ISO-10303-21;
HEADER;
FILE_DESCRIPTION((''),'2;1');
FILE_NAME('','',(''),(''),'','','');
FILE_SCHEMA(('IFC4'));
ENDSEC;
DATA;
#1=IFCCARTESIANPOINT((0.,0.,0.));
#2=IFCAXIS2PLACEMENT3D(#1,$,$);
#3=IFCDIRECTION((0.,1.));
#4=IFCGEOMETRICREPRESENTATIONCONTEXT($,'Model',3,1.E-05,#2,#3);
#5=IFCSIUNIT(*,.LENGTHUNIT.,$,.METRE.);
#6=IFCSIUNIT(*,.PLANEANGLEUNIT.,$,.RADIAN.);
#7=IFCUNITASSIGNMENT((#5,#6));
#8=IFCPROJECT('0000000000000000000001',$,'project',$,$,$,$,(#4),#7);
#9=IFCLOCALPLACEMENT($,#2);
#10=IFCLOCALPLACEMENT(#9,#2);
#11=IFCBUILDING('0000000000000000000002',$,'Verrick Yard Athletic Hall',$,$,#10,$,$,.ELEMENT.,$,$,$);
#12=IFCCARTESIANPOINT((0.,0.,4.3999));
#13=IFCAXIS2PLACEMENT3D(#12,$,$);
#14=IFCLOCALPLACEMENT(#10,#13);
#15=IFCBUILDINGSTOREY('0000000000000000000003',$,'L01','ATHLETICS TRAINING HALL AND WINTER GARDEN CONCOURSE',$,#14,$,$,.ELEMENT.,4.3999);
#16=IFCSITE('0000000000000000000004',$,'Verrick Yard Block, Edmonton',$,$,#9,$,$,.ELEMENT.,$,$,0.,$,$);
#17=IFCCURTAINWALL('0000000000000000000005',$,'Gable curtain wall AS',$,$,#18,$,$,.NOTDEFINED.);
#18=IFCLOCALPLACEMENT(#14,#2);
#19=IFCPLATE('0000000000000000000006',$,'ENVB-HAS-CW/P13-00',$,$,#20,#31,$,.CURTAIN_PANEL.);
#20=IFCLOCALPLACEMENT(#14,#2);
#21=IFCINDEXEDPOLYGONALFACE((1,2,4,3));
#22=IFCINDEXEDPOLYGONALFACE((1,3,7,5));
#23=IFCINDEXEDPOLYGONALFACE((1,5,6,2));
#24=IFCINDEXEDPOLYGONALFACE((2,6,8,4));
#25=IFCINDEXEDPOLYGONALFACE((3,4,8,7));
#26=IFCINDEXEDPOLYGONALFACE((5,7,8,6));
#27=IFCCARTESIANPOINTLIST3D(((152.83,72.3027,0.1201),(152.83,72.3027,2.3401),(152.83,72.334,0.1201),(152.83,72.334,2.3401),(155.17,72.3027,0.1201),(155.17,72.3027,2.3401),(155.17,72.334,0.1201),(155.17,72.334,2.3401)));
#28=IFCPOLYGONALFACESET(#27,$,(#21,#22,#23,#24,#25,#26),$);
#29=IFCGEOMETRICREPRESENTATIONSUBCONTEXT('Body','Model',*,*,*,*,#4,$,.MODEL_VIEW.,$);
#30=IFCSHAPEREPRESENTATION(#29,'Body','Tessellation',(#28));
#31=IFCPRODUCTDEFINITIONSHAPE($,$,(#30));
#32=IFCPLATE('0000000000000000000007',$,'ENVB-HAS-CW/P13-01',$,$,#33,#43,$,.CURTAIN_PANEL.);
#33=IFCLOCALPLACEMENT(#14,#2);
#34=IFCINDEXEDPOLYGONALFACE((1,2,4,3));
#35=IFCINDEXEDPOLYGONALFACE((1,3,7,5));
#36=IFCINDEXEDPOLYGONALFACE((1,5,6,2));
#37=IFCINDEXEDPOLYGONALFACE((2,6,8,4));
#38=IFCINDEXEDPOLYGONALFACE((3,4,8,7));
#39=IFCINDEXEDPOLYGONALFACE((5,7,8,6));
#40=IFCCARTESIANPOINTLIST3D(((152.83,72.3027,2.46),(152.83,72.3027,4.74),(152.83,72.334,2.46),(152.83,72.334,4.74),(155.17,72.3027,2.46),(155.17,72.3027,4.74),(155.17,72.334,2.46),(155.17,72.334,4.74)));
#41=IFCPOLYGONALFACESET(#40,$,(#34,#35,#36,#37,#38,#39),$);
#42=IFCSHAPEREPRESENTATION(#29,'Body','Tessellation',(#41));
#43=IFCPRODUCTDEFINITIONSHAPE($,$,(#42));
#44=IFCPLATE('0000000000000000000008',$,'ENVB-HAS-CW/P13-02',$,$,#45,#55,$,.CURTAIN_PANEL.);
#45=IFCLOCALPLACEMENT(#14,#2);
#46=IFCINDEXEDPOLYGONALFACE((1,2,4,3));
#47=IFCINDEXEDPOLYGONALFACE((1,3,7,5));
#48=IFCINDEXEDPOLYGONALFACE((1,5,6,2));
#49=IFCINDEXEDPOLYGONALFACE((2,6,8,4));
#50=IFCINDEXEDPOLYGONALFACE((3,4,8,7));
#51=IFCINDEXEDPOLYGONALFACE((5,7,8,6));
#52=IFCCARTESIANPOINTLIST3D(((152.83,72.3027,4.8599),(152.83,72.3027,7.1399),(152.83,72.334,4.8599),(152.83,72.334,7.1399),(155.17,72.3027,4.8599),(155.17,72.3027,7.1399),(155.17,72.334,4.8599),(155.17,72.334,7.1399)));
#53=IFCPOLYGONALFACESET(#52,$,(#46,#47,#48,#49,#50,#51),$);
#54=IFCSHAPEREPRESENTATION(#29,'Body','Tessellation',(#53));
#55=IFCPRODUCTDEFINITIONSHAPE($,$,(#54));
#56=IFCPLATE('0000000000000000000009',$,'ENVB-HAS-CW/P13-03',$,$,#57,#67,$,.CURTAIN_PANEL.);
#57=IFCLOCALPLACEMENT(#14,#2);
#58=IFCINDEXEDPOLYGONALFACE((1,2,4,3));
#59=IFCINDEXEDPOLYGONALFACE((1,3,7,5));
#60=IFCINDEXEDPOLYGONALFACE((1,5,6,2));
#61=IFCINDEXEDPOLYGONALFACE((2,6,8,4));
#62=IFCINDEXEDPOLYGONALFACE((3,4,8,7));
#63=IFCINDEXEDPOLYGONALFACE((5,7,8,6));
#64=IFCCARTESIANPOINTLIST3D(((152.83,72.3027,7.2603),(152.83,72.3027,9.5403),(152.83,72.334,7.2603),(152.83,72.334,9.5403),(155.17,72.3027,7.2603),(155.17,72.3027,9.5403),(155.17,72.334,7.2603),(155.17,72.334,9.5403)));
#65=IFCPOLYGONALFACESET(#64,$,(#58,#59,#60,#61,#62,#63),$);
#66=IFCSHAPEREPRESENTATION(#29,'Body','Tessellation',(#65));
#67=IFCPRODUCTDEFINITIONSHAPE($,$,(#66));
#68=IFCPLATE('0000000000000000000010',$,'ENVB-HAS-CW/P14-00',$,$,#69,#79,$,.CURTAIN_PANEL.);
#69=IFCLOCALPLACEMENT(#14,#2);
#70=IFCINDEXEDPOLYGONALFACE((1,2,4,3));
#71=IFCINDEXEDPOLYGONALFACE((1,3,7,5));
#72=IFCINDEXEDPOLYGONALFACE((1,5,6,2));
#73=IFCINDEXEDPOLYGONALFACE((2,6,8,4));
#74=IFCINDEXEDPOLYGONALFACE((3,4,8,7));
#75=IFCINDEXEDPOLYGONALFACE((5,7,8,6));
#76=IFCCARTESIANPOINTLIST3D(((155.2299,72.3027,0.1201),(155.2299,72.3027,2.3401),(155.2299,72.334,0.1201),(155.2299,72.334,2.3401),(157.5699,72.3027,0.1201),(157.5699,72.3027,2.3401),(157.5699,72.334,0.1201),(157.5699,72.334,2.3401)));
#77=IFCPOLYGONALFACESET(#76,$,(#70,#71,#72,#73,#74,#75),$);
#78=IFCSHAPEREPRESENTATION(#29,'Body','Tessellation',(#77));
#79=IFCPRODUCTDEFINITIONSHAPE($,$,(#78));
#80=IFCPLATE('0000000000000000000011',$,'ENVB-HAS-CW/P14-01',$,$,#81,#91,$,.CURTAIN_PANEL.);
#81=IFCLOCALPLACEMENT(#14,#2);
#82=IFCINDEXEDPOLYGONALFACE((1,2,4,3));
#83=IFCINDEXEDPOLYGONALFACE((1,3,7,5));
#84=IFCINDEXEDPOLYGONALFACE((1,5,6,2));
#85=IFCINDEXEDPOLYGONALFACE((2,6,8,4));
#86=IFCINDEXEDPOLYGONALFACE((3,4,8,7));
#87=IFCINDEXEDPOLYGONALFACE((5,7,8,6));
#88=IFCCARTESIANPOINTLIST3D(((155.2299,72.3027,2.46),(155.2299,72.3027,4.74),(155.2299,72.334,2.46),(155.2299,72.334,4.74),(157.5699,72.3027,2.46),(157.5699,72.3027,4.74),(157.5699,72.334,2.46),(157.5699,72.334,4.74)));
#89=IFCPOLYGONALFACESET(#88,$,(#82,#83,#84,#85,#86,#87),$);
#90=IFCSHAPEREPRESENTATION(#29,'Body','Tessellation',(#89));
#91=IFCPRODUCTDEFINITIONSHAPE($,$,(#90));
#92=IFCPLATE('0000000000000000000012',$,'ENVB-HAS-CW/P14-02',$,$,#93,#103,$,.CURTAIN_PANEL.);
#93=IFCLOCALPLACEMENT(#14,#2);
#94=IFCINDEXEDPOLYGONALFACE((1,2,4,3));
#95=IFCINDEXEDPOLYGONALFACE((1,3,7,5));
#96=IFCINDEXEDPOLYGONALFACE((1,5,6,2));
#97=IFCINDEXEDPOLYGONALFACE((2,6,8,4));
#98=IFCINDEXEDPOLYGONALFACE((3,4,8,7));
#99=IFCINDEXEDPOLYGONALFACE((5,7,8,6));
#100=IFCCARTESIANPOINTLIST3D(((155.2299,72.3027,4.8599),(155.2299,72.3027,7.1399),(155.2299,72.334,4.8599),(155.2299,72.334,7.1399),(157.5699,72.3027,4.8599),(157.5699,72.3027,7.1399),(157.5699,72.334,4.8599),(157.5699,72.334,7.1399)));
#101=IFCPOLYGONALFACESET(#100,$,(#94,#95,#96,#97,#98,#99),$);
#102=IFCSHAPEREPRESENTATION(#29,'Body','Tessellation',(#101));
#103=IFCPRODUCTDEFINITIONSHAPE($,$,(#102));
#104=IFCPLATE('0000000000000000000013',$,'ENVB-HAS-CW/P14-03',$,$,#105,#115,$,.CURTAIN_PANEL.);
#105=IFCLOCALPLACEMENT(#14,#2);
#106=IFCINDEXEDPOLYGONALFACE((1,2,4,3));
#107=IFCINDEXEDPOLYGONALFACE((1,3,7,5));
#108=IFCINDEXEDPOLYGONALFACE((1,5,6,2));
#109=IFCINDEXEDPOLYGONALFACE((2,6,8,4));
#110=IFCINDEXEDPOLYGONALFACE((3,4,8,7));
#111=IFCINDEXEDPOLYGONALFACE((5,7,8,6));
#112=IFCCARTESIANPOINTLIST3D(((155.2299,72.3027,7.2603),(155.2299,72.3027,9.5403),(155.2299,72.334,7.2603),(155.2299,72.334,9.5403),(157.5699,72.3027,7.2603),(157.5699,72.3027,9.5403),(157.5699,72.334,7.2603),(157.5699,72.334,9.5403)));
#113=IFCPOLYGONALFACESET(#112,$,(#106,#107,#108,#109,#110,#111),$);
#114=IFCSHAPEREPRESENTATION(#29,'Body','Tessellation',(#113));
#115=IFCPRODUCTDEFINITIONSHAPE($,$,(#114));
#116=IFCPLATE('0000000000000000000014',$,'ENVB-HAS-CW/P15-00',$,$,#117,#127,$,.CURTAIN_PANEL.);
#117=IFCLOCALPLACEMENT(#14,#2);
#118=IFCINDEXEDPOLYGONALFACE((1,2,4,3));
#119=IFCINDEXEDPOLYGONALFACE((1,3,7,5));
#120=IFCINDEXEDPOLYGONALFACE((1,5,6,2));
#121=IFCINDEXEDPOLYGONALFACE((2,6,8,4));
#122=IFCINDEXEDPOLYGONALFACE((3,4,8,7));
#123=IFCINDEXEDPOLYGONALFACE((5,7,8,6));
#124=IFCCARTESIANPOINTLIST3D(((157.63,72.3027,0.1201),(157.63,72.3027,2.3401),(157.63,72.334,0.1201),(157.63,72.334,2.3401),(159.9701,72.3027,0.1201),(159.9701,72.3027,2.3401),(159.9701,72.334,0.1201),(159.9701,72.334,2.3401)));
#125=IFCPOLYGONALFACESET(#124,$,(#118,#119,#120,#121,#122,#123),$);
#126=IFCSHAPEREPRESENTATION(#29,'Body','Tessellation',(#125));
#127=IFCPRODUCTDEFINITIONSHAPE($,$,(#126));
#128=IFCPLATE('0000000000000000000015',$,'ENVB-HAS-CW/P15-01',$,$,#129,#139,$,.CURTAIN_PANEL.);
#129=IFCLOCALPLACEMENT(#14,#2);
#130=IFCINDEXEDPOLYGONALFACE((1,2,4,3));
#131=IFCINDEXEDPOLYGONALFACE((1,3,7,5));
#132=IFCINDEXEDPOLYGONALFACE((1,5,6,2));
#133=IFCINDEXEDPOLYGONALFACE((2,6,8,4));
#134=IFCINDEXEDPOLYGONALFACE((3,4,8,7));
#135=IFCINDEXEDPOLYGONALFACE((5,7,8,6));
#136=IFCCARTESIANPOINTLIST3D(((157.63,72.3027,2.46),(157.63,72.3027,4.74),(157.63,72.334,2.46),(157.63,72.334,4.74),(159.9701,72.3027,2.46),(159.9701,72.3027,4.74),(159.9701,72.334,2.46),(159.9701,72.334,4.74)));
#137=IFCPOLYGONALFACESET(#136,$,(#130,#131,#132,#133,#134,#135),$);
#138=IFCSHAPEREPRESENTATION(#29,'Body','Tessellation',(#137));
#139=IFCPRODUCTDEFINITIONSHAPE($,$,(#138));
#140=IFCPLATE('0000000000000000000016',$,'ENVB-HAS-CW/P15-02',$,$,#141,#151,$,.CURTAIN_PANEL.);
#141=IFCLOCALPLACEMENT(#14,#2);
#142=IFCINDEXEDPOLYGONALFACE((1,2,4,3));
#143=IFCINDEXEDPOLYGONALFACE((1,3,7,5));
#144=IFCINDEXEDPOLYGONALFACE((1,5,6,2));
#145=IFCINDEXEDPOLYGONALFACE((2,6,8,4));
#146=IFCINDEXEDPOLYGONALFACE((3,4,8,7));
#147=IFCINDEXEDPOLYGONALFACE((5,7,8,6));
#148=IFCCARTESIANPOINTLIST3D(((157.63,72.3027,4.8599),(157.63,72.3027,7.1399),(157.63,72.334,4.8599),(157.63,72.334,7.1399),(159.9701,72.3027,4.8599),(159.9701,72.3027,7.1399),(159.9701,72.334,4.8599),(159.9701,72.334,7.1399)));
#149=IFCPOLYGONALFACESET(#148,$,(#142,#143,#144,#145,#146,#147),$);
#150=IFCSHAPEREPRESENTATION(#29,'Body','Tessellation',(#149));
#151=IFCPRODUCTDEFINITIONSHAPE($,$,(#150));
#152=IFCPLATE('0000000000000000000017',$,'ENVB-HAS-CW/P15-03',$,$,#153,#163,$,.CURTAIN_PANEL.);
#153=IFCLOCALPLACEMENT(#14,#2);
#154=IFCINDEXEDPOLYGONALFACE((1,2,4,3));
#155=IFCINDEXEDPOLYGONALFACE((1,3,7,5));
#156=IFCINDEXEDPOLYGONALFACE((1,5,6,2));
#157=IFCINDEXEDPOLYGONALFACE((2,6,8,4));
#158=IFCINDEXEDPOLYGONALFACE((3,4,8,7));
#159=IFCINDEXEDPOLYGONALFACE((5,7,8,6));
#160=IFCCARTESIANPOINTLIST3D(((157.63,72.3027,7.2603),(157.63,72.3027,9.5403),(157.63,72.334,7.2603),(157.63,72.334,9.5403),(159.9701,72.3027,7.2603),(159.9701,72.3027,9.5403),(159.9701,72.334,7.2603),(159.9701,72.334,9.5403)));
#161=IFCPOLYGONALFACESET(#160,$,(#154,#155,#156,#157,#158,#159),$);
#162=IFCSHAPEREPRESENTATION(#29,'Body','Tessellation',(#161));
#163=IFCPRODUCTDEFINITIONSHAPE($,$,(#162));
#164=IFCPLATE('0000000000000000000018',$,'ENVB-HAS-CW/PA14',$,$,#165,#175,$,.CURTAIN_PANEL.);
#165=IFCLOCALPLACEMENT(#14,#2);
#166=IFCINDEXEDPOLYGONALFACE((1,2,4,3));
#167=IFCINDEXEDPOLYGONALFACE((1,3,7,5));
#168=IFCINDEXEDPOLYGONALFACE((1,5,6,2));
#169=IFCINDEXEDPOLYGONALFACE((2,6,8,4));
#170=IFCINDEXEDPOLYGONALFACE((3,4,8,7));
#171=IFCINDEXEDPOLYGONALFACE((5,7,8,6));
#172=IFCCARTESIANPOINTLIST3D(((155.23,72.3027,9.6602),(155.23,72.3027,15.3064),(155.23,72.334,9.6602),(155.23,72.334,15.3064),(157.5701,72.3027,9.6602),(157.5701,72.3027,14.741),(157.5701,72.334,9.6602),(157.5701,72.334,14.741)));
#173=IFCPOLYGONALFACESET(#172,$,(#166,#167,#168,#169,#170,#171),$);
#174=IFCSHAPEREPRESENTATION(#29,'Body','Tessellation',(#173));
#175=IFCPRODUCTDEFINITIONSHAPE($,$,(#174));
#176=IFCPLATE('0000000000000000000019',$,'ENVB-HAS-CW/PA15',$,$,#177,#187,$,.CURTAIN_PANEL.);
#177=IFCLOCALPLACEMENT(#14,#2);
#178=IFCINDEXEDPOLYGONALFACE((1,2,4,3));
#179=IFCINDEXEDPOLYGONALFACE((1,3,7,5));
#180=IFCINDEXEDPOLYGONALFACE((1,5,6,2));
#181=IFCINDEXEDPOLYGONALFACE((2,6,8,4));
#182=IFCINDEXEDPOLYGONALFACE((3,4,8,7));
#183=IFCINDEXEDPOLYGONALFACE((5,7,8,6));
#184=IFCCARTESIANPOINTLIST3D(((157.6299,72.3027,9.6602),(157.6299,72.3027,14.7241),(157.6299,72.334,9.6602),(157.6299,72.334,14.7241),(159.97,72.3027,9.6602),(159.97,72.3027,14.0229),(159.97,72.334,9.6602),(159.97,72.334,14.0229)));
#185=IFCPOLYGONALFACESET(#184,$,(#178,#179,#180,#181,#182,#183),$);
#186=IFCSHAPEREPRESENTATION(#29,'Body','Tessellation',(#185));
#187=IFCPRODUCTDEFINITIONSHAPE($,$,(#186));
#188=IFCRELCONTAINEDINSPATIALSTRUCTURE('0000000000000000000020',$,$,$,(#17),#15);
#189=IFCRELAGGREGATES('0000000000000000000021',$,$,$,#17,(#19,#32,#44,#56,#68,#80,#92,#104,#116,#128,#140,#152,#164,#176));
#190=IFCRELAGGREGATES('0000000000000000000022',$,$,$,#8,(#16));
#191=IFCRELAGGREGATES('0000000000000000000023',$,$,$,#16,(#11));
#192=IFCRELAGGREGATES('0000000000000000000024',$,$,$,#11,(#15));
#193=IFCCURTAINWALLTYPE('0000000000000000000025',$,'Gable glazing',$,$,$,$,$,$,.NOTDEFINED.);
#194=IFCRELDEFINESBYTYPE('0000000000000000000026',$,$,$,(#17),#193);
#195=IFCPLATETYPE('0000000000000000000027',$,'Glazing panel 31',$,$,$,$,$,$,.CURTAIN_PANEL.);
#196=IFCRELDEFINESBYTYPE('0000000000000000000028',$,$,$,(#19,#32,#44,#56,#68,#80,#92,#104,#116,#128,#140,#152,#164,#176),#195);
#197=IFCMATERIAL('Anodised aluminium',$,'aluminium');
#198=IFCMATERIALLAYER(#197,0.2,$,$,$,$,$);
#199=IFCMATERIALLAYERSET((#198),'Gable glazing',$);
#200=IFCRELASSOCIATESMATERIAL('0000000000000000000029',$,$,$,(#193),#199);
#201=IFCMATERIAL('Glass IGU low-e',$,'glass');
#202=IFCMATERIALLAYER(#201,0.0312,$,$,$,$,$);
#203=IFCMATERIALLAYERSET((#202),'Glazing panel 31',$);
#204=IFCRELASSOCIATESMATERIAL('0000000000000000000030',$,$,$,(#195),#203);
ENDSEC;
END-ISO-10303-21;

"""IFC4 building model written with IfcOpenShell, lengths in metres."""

from ifc_helpers import new_model, si_unit, direction, frame, origin, origin_2d, place, context, subcontext, project, spatial, polyline, rectangle, outline, extrude, material, layer, layer_set, type_object, element, aggregate, save


model = new_model("IFC4")

# Units and contexts
model_context = context("Model", 3, precision=1e-05, world=origin(), true_north=direction((0.0, 1.0)))
body_context = subcontext(model_context, "Body", "Model", "MODEL_VIEW")
ifc_project = project(units=[si_unit("LENGTHUNIT", "METRE"), si_unit("PLANEANGLEUNIT", "RADIAN")], contexts=[model_context])

# Site, building, storey
site_placement = place(None, origin())
site = spatial("IfcSite", under=ifc_project, at=site_placement, Name="Verrick Yard Block, Edmonton", CompositionType="ELEMENT", RefElevation=0.0)
building_placement = place(site_placement, origin())
building = spatial("IfcBuilding", under=site, at=building_placement, Name="Verrick Yard Athletic Hall", CompositionType="ELEMENT")
storey_placement = place(building_placement, frame((0.0, 0.0, 4.3999)))
storey = spatial("IfcBuildingStorey", under=building, at=storey_placement, Name="L01", Description="ATHLETICS TRAINING HALL AND WINTER GARDEN CONCOURSE", CompositionType="ELEMENT", Elevation=4.3999)

# Curtain wall, plates
ifc_material_1 = material(Name="Anodised aluminium", Category="aluminium")
ifc_layer_1 = layer(ifc_material_1, 0.2)
ifc_layer_set_1 = layer_set([ifc_layer_1], Name="Gable glazing")
curtain_wall_type = type_object("IfcCurtainWallType", Name="Gable glazing", PredefinedType="NOTDEFINED", material=ifc_layer_set_1)
curtain_wall_placement = place(storey_placement, origin())
curtain_wall = element("IfcCurtainWall", 1, at=curtain_wall_placement, inside=storey, type_object=curtain_wall_type, Name="Gable curtain wall AS", PredefinedType="NOTDEFINED")
ifc_material_2 = material(Name="Glass IGU low-e", Category="glass")
ifc_layer_2 = layer(ifc_material_2, 0.0312)
ifc_layer_set_2 = layer_set([ifc_layer_2], Name="Glazing panel 31")
plate_type = type_object("IfcPlateType", Name="Glazing panel 31", PredefinedType="CURTAIN_PANEL", material=ifc_layer_set_2)
plate_1_placement = place(storey_placement, frame((154.0, 72.3184, 0.1201), z_axis=(0.0, 0.0, 1.0), x_axis=(1.0, 0.0, 0.0)))
plate_1 = element("IfcPlate", 2, at=plate_1_placement, type_object=plate_type, Name="ENVB-HAS-CW/P13-00", PredefinedType="CURTAIN_PANEL", context=body_context, shape_type="SweptSolid", body=[
    extrude(rectangle(XDim=2.3401, YDim=0.0312, at=origin_2d()), origin(), (0.0, 0.0, 1.0), 2.22),
])
plate_2_placement = place(storey_placement, frame((154.0, 72.3184, 2.46), z_axis=(0.0, 0.0, 1.0), x_axis=(1.0, 0.0, 0.0)))
plate_2 = element("IfcPlate", 3, at=plate_2_placement, type_object=plate_type, Name="ENVB-HAS-CW/P13-01", PredefinedType="CURTAIN_PANEL", context=body_context, shape_type="SweptSolid", body=[
    extrude(rectangle(XDim=2.3401, YDim=0.0312, at=origin_2d()), origin(), (0.0, 0.0, 1.0), 2.28),
])
plate_3_placement = place(storey_placement, frame((154.0, 72.3184, 4.8599), z_axis=(0.0, 0.0, 1.0), x_axis=(1.0, 0.0, 0.0)))
plate_3 = element("IfcPlate", 4, at=plate_3_placement, type_object=plate_type, Name="ENVB-HAS-CW/P13-02", PredefinedType="CURTAIN_PANEL", context=body_context, shape_type="SweptSolid", body=[
    extrude(rectangle(XDim=2.3401, YDim=0.0312, at=origin_2d()), origin(), (0.0, 0.0, 1.0), 2.28),
])
plate_4_placement = place(storey_placement, frame((154.0, 72.3184, 7.2603), z_axis=(0.0, 0.0, 1.0), x_axis=(1.0, 0.0, 0.0)))
plate_4 = element("IfcPlate", 5, at=plate_4_placement, type_object=plate_type, Name="ENVB-HAS-CW/P13-03", PredefinedType="CURTAIN_PANEL", context=body_context, shape_type="SweptSolid", body=[
    extrude(rectangle(XDim=2.3401, YDim=0.0312, at=origin_2d()), origin(), (0.0, 0.0, 1.0), 2.28),
])
plate_5_placement = place(storey_placement, frame((156.3999, 72.3184, 0.1201), z_axis=(0.0, 0.0, 1.0), x_axis=(1.0, 0.0, 0.0)))
plate_5 = element("IfcPlate", 6, at=plate_5_placement, type_object=plate_type, Name="ENVB-HAS-CW/P14-00", PredefinedType="CURTAIN_PANEL", context=body_context, shape_type="SweptSolid", body=[
    extrude(rectangle(XDim=2.3401, YDim=0.0312, at=origin_2d()), origin(), (0.0, 0.0, 1.0), 2.22),
])
plate_6_placement = place(storey_placement, frame((156.3999, 72.3184, 2.46), z_axis=(0.0, 0.0, 1.0), x_axis=(1.0, 0.0, 0.0)))
plate_6 = element("IfcPlate", 7, at=plate_6_placement, type_object=plate_type, Name="ENVB-HAS-CW/P14-01", PredefinedType="CURTAIN_PANEL", context=body_context, shape_type="SweptSolid", body=[
    extrude(rectangle(XDim=2.3401, YDim=0.0312, at=origin_2d()), origin(), (0.0, 0.0, 1.0), 2.28),
])
plate_7_placement = place(storey_placement, frame((156.3999, 72.3184, 4.8599), z_axis=(0.0, 0.0, 1.0), x_axis=(1.0, 0.0, 0.0)))
plate_7 = element("IfcPlate", 8, at=plate_7_placement, type_object=plate_type, Name="ENVB-HAS-CW/P14-02", PredefinedType="CURTAIN_PANEL", context=body_context, shape_type="SweptSolid", body=[
    extrude(rectangle(XDim=2.3401, YDim=0.0312, at=origin_2d()), origin(), (0.0, 0.0, 1.0), 2.28),
])
plate_8_placement = place(storey_placement, frame((156.3999, 72.3184, 7.2603), z_axis=(0.0, 0.0, 1.0), x_axis=(1.0, 0.0, 0.0)))
plate_8 = element("IfcPlate", 9, at=plate_8_placement, type_object=plate_type, Name="ENVB-HAS-CW/P14-03", PredefinedType="CURTAIN_PANEL", context=body_context, shape_type="SweptSolid", body=[
    extrude(rectangle(XDim=2.3401, YDim=0.0312, at=origin_2d()), origin(), (0.0, 0.0, 1.0), 2.28),
])
plate_9_placement = place(storey_placement, frame((158.8, 72.3184, 0.1201), z_axis=(0.0, 0.0, 1.0), x_axis=(1.0, 0.0, 0.0)))
plate_9 = element("IfcPlate", 10, at=plate_9_placement, type_object=plate_type, Name="ENVB-HAS-CW/P15-00", PredefinedType="CURTAIN_PANEL", context=body_context, shape_type="SweptSolid", body=[
    extrude(rectangle(XDim=2.3401, YDim=0.0312, at=origin_2d()), origin(), (0.0, 0.0, 1.0), 2.22),
])
plate_10_placement = place(storey_placement, frame((158.8, 72.3184, 2.46), z_axis=(0.0, 0.0, 1.0), x_axis=(1.0, 0.0, 0.0)))
plate_10 = element("IfcPlate", 11, at=plate_10_placement, type_object=plate_type, Name="ENVB-HAS-CW/P15-01", PredefinedType="CURTAIN_PANEL", context=body_context, shape_type="SweptSolid", body=[
    extrude(rectangle(XDim=2.3401, YDim=0.0312, at=origin_2d()), origin(), (0.0, 0.0, 1.0), 2.28),
])
plate_11_placement = place(storey_placement, frame((158.8, 72.3184, 4.8599), z_axis=(0.0, 0.0, 1.0), x_axis=(1.0, 0.0, 0.0)))
plate_11 = element("IfcPlate", 12, at=plate_11_placement, type_object=plate_type, Name="ENVB-HAS-CW/P15-02", PredefinedType="CURTAIN_PANEL", context=body_context, shape_type="SweptSolid", body=[
    extrude(rectangle(XDim=2.3401, YDim=0.0312, at=origin_2d()), origin(), (0.0, 0.0, 1.0), 2.28),
])
plate_12_placement = place(storey_placement, frame((158.8, 72.3184, 7.2603), z_axis=(0.0, 0.0, 1.0), x_axis=(1.0, 0.0, 0.0)))
plate_12 = element("IfcPlate", 13, at=plate_12_placement, type_object=plate_type, Name="ENVB-HAS-CW/P15-03", PredefinedType="CURTAIN_PANEL", context=body_context, shape_type="SweptSolid", body=[
    extrude(rectangle(XDim=2.3401, YDim=0.0312, at=origin_2d()), origin(), (0.0, 0.0, 1.0), 2.28),
])
plate_13_placement = place(storey_placement, frame((155.23, 72.3184, 9.6602), z_axis=(0.0, 0.0, 1.0), x_axis=(1.0, 0.0, 0.0)))
plate_13 = element("IfcPlate", 14, at=plate_13_placement, type_object=plate_type, Name="ENVB-HAS-CW/PA14", PredefinedType="CURTAIN_PANEL", context=body_context, shape_type="SweptSolid", body=[
    extrude(outline(polyline([(0.0, 5.6462), (2.3401, 5.0808), (2.3401, 0.0), (0.0, 0.0), (0.0, 5.6462)])), frame((0.0, 0.0156, 0.0), z_axis=(0.0, -1.0, 0.0), x_axis=(1.0, 0.0, 0.0)), (0.0, 0.0, 1.0), 0.0312),
])
plate_14_placement = place(storey_placement, frame((157.6299, 72.3184, 9.6602), z_axis=(0.0, 0.0, 1.0), x_axis=(1.0, 0.0, 0.0)))
plate_14 = element("IfcPlate", 15, at=plate_14_placement, type_object=plate_type, Name="ENVB-HAS-CW/PA15", PredefinedType="CURTAIN_PANEL", context=body_context, shape_type="SweptSolid", body=[
    extrude(outline(polyline([(0.0, 5.064), (2.3401, 4.3628), (2.3401, 0.0), (0.0, 0.0), (0.0, 5.064)])), frame((0.0, 0.0156, 0.0), z_axis=(0.0, -1.0, 0.0), x_axis=(1.0, 0.0, 0.0)), (0.0, 0.0, 1.0), 0.0312),
])
aggregate(curtain_wall, [plate_1, plate_2, plate_3, plate_4, plate_5, plate_6, plate_7, plate_8, plate_9, plate_10, plate_11, plate_12, plate_13, plate_14])

save(model, "model.ifc")
